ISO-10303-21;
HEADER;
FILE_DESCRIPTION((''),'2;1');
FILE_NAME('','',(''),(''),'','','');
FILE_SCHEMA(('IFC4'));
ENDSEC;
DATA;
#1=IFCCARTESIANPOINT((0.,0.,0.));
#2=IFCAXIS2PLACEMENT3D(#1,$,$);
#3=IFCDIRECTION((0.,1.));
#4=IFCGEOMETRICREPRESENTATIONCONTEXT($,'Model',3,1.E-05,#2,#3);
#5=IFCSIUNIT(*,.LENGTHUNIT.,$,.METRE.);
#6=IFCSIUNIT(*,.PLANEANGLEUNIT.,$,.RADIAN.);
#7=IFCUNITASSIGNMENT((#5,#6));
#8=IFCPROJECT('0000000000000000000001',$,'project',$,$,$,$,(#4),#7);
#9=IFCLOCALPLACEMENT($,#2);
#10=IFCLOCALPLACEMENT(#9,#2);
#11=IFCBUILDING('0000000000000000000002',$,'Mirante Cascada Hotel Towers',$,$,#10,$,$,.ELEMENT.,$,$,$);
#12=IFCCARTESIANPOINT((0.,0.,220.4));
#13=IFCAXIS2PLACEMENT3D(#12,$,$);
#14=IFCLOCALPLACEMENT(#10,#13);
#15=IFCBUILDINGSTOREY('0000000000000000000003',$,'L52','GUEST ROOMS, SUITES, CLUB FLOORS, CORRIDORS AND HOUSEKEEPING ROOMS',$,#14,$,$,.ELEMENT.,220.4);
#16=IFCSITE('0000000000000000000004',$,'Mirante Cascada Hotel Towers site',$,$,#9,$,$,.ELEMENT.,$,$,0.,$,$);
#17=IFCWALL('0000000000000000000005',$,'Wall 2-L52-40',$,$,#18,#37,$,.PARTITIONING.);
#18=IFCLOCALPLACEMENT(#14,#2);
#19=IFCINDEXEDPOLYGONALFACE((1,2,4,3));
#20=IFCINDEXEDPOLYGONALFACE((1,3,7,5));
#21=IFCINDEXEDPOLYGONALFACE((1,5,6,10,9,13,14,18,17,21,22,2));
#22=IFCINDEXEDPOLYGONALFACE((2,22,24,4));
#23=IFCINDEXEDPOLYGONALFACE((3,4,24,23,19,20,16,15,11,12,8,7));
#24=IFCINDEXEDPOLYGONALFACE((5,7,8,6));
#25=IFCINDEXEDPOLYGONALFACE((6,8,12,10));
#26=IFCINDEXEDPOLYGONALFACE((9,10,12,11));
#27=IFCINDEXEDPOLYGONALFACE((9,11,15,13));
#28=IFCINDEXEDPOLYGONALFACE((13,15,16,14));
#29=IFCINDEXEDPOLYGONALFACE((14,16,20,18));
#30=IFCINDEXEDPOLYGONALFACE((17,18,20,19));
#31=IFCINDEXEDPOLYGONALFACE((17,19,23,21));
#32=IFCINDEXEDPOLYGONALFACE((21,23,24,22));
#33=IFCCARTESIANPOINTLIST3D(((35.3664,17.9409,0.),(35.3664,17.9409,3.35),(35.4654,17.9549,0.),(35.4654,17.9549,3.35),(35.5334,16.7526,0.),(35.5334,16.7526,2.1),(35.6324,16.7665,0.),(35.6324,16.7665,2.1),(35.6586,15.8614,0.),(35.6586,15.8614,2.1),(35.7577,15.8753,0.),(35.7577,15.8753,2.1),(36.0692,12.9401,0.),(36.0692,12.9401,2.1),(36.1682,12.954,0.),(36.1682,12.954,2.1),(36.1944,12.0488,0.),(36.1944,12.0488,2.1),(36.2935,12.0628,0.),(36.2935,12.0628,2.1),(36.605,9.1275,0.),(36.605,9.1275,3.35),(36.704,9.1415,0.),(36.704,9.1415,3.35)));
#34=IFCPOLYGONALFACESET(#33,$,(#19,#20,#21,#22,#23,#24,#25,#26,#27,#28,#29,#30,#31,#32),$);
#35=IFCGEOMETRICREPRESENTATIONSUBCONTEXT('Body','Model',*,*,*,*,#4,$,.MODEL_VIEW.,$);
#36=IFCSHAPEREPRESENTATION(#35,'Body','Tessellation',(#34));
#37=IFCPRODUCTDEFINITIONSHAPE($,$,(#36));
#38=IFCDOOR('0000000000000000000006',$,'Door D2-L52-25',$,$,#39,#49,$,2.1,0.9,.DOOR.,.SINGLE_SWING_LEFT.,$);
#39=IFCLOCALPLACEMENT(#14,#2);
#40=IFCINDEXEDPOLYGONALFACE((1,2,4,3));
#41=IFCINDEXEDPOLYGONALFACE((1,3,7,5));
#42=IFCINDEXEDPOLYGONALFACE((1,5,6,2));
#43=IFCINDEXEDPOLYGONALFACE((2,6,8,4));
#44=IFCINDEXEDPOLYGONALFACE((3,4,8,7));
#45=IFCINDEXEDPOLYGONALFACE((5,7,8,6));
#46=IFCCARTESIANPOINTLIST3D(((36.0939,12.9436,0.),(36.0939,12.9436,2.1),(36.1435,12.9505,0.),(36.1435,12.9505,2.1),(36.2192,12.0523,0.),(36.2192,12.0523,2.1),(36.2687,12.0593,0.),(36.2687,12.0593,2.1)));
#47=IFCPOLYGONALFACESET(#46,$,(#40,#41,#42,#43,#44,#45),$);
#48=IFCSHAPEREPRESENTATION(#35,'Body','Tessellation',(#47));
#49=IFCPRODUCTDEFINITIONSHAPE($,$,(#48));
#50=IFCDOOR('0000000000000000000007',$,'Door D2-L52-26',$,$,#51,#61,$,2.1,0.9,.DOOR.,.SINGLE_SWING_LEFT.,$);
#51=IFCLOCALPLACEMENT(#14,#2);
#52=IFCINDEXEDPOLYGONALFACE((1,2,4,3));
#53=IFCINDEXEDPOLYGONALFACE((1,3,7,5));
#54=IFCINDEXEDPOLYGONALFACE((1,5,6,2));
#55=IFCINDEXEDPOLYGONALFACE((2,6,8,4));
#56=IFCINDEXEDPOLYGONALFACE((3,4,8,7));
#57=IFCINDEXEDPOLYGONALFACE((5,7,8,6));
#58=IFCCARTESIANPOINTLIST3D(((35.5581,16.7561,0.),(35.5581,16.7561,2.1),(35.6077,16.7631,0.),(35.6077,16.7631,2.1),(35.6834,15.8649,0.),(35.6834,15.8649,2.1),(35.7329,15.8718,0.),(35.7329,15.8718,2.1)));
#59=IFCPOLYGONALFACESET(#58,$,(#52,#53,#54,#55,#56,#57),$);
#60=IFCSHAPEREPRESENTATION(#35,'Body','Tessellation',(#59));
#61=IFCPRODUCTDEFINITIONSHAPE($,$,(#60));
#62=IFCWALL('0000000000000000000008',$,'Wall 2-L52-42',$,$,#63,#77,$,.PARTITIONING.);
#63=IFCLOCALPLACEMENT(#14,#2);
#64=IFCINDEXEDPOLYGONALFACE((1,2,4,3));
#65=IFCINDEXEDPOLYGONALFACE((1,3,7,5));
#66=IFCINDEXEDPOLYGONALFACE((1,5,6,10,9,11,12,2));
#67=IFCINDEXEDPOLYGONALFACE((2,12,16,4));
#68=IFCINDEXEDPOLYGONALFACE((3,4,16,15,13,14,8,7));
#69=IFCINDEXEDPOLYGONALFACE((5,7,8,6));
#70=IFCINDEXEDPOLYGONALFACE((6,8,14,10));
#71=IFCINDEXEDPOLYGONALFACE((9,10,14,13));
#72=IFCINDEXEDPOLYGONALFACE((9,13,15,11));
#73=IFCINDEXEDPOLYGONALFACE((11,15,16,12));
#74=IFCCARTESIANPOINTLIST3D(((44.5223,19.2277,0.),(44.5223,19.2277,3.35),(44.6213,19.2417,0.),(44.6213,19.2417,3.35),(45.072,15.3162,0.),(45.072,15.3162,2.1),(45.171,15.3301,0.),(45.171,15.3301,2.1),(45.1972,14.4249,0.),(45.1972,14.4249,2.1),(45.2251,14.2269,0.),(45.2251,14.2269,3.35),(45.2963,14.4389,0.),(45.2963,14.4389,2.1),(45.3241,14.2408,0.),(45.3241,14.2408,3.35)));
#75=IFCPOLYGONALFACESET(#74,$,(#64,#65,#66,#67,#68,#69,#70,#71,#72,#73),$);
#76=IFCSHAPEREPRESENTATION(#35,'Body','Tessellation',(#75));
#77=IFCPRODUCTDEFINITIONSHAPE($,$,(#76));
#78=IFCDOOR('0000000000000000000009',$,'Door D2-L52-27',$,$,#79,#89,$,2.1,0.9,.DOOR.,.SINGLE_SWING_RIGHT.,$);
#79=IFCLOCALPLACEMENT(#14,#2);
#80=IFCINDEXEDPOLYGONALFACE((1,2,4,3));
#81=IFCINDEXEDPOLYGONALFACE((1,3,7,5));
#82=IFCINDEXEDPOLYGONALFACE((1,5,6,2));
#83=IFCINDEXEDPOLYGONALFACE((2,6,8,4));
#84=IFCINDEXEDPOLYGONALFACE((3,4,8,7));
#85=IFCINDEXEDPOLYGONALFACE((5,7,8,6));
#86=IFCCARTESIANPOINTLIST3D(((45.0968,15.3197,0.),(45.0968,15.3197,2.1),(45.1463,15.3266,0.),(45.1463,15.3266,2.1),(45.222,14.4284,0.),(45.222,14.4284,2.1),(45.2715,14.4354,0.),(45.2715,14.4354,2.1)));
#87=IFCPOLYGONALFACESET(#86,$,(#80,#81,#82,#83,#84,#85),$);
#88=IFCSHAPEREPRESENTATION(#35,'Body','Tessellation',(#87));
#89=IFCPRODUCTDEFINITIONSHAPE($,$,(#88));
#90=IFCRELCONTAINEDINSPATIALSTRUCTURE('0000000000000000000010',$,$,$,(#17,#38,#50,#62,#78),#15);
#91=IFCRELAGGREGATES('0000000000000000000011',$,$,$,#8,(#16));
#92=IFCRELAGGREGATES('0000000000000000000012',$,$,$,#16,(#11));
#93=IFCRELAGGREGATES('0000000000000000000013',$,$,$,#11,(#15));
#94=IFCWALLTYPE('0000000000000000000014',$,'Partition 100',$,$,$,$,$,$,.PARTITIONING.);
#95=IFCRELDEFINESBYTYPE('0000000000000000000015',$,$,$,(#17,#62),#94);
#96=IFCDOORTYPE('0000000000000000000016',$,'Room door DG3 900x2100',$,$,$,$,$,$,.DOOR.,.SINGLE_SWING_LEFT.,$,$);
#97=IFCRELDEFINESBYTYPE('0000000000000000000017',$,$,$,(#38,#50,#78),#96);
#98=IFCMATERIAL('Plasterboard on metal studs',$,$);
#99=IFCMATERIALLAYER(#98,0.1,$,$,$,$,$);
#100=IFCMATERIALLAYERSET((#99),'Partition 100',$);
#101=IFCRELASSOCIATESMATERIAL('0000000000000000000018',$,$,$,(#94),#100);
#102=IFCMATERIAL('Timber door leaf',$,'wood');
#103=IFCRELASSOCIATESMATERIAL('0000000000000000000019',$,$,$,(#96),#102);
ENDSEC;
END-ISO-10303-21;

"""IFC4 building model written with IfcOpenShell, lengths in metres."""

from ifc_helpers import new_model, si_unit, direction, frame, frame_2d, origin, place, context, subcontext, project, spatial, rectangle, extrude, material, layer, layer_set, type_object, element, fill, save


model = new_model("IFC4")

# Units and contexts
model_context = context("Model", 3, precision=1e-05, world=origin(), true_north=direction((0.0, 1.0)))
body_context = subcontext(model_context, "Body", "Model", "MODEL_VIEW")
ifc_project = project(units=[si_unit("LENGTHUNIT", "METRE"), si_unit("PLANEANGLEUNIT", "RADIAN")], contexts=[model_context])

# Site, building, storey
site_placement = place(None, origin())
site = spatial("IfcSite", under=ifc_project, at=site_placement, Name="Mirante Cascada Hotel Towers site", CompositionType="ELEMENT", RefElevation=0.0)
building_placement = place(site_placement, origin())
building = spatial("IfcBuilding", under=site, at=building_placement, Name="Mirante Cascada Hotel Towers", CompositionType="ELEMENT")
storey_placement = place(building_placement, frame((0.0, 0.0, 220.4)))
storey = spatial("IfcBuildingStorey", under=building, at=storey_placement, Name="L52", Description="GUEST ROOMS, SUITES, CLUB FLOORS, CORRIDORS AND HOUSEKEEPING ROOMS", CompositionType="ELEMENT", Elevation=220.4)

# Shared definitions
ifc_material_1 = material(Name="Plasterboard on metal studs")
ifc_layer_1 = layer(ifc_material_1, 0.1)
ifc_layer_set_1 = layer_set([ifc_layer_1], Name="Partition 100")
wall_type = type_object("IfcWallType", Name="Partition 100", PredefinedType="PARTITIONING", material=ifc_layer_set_1)

# Wall, openings, doors
wall_1_placement = place(storey_placement, frame((35.4159, 17.9479, 0.0), z_axis=(0.0, 0.0, 1.0), x_axis=(0.139168, -0.990269, 0.0)))
wall_1 = element("IfcWall", 1, at=wall_1_placement, inside=storey, type_object=wall_type, Name="Wall 2-L52-40", PredefinedType="PARTITIONING", context=body_context, shape_type="SweptSolid", body=[
    extrude(rectangle(XDim=8.9, YDim=0.1, at=frame_2d((4.45, 0.0))), origin(), (0.0, 0.0, 1.0), 3.35),
])
opening_1_placement = place(wall_1_placement, frame((5.05, 0.0, 0.0)))
opening_1 = element("IfcOpeningElement", 2, at=opening_1_placement, cuts=wall_1, PredefinedType="OPENING", context=body_context, shape_type="SweptSolid", body=[
    extrude(rectangle(XDim=0.9, YDim=2.1, at=frame_2d((0.45, 1.05))), frame((0.0, 0.05, 0.0), z_axis=(0.0, -1.0, 0.0), x_axis=(1.0, 0.0, 0.0)), (0.0, 0.0, 1.0), 0.1),
])
opening_2_placement = place(wall_1_placement, frame((1.2, 0.0, 0.0)))
opening_2 = element("IfcOpeningElement", 3, at=opening_2_placement, cuts=wall_1, PredefinedType="OPENING", context=body_context, shape_type="SweptSolid", body=[
    extrude(rectangle(XDim=0.9, YDim=2.1, at=frame_2d((0.45, 1.05))), frame((0.0, 0.05, 0.0), z_axis=(0.0, -1.0, 0.0), x_axis=(1.0, 0.0, 0.0)), (0.0, 0.0, 1.0), 0.1),
])
ifc_material_2 = material(Name="Timber door leaf", Category="wood")
door_type = type_object("IfcDoorType", Name="Room door DG3 900x2100", OperationType="SINGLE_SWING_LEFT", PredefinedType="DOOR", material=ifc_material_2)
door_1_placement = place(opening_1_placement, origin())
door_1 = element("IfcDoor", 4, at=door_1_placement, inside=storey, type_object=door_type, Name="Door D2-L52-25", OperationType="SINGLE_SWING_LEFT", OverallHeight=2.1, OverallWidth=0.9, PredefinedType="DOOR", context=body_context, shape_type="SweptSolid", body=[
    extrude(rectangle(XDim=0.9, YDim=2.1, at=frame_2d((0.45, 1.05))), frame((0.0, 0.025, 0.0), z_axis=(0.0, -1.0, 0.0), x_axis=(1.0, 0.0, 0.0)), (0.0, 0.0, 1.0), 0.05),
])
fill(opening_1, door_1)
door_2_placement = place(opening_2_placement, origin())
door_2 = element("IfcDoor", 5, at=door_2_placement, inside=storey, type_object=door_type, Name="Door D2-L52-26", OperationType="SINGLE_SWING_LEFT", OverallHeight=2.1, OverallWidth=0.9, PredefinedType="DOOR", context=body_context, shape_type="SweptSolid", body=[
    extrude(rectangle(XDim=0.9, YDim=2.1, at=frame_2d((0.45, 1.05))), frame((0.0, 0.025, 0.0), z_axis=(0.0, -1.0, 0.0), x_axis=(1.0, 0.0, 0.0)), (0.0, 0.0, 1.0), 0.05),
])
fill(opening_2, door_2)

# Wall, opening, door
wall_2_placement = place(storey_placement, frame((44.5718, 19.2347, 0.0), z_axis=(0.0, 0.0, 1.0), x_axis=(0.139167, -0.990269, 0.0)))
wall_2 = element("IfcWall", 6, at=wall_2_placement, inside=storey, type_object=wall_type, Name="Wall 2-L52-42", PredefinedType="PARTITIONING", context=body_context, shape_type="SweptSolid", body=[
    extrude(rectangle(XDim=5.05, YDim=0.1, at=frame_2d((2.525, 0.0))), origin(), (0.0, 0.0, 1.0), 3.35),
])
opening_3_placement = place(wall_2_placement, frame((3.95, 0.0, 0.0)))
opening_3 = element("IfcOpeningElement", 7, at=opening_3_placement, cuts=wall_2, PredefinedType="OPENING", context=body_context, shape_type="SweptSolid", body=[
    extrude(rectangle(XDim=0.9, YDim=2.1, at=frame_2d((0.45, 1.05))), frame((0.0, 0.05, 0.0), z_axis=(0.0, -1.0, 0.0), x_axis=(1.0, 0.0, 0.0)), (0.0, 0.0, 1.0), 0.1),
])
door_3_placement = place(opening_3_placement, frame((0.9, 0.0, 0.0), z_axis=(0.0, 0.0, 1.0), x_axis=(-1.0, 0.0, 0.0)))
door_3 = element("IfcDoor", 8, at=door_3_placement, inside=storey, type_object=door_type, Name="Door D2-L52-27", OperationType="SINGLE_SWING_RIGHT", OverallHeight=2.1, OverallWidth=0.9, PredefinedType="DOOR", context=body_context, shape_type="SweptSolid", body=[
    extrude(rectangle(XDim=0.9, YDim=2.1, at=frame_2d((0.45, 1.05))), frame((0.0, 0.025, 0.0), z_axis=(0.0, -1.0, 0.0), x_axis=(1.0, 0.0, 0.0)), (0.0, 0.0, 1.0), 0.05),
])
fill(opening_3, door_3)

save(model, "model.ifc")
